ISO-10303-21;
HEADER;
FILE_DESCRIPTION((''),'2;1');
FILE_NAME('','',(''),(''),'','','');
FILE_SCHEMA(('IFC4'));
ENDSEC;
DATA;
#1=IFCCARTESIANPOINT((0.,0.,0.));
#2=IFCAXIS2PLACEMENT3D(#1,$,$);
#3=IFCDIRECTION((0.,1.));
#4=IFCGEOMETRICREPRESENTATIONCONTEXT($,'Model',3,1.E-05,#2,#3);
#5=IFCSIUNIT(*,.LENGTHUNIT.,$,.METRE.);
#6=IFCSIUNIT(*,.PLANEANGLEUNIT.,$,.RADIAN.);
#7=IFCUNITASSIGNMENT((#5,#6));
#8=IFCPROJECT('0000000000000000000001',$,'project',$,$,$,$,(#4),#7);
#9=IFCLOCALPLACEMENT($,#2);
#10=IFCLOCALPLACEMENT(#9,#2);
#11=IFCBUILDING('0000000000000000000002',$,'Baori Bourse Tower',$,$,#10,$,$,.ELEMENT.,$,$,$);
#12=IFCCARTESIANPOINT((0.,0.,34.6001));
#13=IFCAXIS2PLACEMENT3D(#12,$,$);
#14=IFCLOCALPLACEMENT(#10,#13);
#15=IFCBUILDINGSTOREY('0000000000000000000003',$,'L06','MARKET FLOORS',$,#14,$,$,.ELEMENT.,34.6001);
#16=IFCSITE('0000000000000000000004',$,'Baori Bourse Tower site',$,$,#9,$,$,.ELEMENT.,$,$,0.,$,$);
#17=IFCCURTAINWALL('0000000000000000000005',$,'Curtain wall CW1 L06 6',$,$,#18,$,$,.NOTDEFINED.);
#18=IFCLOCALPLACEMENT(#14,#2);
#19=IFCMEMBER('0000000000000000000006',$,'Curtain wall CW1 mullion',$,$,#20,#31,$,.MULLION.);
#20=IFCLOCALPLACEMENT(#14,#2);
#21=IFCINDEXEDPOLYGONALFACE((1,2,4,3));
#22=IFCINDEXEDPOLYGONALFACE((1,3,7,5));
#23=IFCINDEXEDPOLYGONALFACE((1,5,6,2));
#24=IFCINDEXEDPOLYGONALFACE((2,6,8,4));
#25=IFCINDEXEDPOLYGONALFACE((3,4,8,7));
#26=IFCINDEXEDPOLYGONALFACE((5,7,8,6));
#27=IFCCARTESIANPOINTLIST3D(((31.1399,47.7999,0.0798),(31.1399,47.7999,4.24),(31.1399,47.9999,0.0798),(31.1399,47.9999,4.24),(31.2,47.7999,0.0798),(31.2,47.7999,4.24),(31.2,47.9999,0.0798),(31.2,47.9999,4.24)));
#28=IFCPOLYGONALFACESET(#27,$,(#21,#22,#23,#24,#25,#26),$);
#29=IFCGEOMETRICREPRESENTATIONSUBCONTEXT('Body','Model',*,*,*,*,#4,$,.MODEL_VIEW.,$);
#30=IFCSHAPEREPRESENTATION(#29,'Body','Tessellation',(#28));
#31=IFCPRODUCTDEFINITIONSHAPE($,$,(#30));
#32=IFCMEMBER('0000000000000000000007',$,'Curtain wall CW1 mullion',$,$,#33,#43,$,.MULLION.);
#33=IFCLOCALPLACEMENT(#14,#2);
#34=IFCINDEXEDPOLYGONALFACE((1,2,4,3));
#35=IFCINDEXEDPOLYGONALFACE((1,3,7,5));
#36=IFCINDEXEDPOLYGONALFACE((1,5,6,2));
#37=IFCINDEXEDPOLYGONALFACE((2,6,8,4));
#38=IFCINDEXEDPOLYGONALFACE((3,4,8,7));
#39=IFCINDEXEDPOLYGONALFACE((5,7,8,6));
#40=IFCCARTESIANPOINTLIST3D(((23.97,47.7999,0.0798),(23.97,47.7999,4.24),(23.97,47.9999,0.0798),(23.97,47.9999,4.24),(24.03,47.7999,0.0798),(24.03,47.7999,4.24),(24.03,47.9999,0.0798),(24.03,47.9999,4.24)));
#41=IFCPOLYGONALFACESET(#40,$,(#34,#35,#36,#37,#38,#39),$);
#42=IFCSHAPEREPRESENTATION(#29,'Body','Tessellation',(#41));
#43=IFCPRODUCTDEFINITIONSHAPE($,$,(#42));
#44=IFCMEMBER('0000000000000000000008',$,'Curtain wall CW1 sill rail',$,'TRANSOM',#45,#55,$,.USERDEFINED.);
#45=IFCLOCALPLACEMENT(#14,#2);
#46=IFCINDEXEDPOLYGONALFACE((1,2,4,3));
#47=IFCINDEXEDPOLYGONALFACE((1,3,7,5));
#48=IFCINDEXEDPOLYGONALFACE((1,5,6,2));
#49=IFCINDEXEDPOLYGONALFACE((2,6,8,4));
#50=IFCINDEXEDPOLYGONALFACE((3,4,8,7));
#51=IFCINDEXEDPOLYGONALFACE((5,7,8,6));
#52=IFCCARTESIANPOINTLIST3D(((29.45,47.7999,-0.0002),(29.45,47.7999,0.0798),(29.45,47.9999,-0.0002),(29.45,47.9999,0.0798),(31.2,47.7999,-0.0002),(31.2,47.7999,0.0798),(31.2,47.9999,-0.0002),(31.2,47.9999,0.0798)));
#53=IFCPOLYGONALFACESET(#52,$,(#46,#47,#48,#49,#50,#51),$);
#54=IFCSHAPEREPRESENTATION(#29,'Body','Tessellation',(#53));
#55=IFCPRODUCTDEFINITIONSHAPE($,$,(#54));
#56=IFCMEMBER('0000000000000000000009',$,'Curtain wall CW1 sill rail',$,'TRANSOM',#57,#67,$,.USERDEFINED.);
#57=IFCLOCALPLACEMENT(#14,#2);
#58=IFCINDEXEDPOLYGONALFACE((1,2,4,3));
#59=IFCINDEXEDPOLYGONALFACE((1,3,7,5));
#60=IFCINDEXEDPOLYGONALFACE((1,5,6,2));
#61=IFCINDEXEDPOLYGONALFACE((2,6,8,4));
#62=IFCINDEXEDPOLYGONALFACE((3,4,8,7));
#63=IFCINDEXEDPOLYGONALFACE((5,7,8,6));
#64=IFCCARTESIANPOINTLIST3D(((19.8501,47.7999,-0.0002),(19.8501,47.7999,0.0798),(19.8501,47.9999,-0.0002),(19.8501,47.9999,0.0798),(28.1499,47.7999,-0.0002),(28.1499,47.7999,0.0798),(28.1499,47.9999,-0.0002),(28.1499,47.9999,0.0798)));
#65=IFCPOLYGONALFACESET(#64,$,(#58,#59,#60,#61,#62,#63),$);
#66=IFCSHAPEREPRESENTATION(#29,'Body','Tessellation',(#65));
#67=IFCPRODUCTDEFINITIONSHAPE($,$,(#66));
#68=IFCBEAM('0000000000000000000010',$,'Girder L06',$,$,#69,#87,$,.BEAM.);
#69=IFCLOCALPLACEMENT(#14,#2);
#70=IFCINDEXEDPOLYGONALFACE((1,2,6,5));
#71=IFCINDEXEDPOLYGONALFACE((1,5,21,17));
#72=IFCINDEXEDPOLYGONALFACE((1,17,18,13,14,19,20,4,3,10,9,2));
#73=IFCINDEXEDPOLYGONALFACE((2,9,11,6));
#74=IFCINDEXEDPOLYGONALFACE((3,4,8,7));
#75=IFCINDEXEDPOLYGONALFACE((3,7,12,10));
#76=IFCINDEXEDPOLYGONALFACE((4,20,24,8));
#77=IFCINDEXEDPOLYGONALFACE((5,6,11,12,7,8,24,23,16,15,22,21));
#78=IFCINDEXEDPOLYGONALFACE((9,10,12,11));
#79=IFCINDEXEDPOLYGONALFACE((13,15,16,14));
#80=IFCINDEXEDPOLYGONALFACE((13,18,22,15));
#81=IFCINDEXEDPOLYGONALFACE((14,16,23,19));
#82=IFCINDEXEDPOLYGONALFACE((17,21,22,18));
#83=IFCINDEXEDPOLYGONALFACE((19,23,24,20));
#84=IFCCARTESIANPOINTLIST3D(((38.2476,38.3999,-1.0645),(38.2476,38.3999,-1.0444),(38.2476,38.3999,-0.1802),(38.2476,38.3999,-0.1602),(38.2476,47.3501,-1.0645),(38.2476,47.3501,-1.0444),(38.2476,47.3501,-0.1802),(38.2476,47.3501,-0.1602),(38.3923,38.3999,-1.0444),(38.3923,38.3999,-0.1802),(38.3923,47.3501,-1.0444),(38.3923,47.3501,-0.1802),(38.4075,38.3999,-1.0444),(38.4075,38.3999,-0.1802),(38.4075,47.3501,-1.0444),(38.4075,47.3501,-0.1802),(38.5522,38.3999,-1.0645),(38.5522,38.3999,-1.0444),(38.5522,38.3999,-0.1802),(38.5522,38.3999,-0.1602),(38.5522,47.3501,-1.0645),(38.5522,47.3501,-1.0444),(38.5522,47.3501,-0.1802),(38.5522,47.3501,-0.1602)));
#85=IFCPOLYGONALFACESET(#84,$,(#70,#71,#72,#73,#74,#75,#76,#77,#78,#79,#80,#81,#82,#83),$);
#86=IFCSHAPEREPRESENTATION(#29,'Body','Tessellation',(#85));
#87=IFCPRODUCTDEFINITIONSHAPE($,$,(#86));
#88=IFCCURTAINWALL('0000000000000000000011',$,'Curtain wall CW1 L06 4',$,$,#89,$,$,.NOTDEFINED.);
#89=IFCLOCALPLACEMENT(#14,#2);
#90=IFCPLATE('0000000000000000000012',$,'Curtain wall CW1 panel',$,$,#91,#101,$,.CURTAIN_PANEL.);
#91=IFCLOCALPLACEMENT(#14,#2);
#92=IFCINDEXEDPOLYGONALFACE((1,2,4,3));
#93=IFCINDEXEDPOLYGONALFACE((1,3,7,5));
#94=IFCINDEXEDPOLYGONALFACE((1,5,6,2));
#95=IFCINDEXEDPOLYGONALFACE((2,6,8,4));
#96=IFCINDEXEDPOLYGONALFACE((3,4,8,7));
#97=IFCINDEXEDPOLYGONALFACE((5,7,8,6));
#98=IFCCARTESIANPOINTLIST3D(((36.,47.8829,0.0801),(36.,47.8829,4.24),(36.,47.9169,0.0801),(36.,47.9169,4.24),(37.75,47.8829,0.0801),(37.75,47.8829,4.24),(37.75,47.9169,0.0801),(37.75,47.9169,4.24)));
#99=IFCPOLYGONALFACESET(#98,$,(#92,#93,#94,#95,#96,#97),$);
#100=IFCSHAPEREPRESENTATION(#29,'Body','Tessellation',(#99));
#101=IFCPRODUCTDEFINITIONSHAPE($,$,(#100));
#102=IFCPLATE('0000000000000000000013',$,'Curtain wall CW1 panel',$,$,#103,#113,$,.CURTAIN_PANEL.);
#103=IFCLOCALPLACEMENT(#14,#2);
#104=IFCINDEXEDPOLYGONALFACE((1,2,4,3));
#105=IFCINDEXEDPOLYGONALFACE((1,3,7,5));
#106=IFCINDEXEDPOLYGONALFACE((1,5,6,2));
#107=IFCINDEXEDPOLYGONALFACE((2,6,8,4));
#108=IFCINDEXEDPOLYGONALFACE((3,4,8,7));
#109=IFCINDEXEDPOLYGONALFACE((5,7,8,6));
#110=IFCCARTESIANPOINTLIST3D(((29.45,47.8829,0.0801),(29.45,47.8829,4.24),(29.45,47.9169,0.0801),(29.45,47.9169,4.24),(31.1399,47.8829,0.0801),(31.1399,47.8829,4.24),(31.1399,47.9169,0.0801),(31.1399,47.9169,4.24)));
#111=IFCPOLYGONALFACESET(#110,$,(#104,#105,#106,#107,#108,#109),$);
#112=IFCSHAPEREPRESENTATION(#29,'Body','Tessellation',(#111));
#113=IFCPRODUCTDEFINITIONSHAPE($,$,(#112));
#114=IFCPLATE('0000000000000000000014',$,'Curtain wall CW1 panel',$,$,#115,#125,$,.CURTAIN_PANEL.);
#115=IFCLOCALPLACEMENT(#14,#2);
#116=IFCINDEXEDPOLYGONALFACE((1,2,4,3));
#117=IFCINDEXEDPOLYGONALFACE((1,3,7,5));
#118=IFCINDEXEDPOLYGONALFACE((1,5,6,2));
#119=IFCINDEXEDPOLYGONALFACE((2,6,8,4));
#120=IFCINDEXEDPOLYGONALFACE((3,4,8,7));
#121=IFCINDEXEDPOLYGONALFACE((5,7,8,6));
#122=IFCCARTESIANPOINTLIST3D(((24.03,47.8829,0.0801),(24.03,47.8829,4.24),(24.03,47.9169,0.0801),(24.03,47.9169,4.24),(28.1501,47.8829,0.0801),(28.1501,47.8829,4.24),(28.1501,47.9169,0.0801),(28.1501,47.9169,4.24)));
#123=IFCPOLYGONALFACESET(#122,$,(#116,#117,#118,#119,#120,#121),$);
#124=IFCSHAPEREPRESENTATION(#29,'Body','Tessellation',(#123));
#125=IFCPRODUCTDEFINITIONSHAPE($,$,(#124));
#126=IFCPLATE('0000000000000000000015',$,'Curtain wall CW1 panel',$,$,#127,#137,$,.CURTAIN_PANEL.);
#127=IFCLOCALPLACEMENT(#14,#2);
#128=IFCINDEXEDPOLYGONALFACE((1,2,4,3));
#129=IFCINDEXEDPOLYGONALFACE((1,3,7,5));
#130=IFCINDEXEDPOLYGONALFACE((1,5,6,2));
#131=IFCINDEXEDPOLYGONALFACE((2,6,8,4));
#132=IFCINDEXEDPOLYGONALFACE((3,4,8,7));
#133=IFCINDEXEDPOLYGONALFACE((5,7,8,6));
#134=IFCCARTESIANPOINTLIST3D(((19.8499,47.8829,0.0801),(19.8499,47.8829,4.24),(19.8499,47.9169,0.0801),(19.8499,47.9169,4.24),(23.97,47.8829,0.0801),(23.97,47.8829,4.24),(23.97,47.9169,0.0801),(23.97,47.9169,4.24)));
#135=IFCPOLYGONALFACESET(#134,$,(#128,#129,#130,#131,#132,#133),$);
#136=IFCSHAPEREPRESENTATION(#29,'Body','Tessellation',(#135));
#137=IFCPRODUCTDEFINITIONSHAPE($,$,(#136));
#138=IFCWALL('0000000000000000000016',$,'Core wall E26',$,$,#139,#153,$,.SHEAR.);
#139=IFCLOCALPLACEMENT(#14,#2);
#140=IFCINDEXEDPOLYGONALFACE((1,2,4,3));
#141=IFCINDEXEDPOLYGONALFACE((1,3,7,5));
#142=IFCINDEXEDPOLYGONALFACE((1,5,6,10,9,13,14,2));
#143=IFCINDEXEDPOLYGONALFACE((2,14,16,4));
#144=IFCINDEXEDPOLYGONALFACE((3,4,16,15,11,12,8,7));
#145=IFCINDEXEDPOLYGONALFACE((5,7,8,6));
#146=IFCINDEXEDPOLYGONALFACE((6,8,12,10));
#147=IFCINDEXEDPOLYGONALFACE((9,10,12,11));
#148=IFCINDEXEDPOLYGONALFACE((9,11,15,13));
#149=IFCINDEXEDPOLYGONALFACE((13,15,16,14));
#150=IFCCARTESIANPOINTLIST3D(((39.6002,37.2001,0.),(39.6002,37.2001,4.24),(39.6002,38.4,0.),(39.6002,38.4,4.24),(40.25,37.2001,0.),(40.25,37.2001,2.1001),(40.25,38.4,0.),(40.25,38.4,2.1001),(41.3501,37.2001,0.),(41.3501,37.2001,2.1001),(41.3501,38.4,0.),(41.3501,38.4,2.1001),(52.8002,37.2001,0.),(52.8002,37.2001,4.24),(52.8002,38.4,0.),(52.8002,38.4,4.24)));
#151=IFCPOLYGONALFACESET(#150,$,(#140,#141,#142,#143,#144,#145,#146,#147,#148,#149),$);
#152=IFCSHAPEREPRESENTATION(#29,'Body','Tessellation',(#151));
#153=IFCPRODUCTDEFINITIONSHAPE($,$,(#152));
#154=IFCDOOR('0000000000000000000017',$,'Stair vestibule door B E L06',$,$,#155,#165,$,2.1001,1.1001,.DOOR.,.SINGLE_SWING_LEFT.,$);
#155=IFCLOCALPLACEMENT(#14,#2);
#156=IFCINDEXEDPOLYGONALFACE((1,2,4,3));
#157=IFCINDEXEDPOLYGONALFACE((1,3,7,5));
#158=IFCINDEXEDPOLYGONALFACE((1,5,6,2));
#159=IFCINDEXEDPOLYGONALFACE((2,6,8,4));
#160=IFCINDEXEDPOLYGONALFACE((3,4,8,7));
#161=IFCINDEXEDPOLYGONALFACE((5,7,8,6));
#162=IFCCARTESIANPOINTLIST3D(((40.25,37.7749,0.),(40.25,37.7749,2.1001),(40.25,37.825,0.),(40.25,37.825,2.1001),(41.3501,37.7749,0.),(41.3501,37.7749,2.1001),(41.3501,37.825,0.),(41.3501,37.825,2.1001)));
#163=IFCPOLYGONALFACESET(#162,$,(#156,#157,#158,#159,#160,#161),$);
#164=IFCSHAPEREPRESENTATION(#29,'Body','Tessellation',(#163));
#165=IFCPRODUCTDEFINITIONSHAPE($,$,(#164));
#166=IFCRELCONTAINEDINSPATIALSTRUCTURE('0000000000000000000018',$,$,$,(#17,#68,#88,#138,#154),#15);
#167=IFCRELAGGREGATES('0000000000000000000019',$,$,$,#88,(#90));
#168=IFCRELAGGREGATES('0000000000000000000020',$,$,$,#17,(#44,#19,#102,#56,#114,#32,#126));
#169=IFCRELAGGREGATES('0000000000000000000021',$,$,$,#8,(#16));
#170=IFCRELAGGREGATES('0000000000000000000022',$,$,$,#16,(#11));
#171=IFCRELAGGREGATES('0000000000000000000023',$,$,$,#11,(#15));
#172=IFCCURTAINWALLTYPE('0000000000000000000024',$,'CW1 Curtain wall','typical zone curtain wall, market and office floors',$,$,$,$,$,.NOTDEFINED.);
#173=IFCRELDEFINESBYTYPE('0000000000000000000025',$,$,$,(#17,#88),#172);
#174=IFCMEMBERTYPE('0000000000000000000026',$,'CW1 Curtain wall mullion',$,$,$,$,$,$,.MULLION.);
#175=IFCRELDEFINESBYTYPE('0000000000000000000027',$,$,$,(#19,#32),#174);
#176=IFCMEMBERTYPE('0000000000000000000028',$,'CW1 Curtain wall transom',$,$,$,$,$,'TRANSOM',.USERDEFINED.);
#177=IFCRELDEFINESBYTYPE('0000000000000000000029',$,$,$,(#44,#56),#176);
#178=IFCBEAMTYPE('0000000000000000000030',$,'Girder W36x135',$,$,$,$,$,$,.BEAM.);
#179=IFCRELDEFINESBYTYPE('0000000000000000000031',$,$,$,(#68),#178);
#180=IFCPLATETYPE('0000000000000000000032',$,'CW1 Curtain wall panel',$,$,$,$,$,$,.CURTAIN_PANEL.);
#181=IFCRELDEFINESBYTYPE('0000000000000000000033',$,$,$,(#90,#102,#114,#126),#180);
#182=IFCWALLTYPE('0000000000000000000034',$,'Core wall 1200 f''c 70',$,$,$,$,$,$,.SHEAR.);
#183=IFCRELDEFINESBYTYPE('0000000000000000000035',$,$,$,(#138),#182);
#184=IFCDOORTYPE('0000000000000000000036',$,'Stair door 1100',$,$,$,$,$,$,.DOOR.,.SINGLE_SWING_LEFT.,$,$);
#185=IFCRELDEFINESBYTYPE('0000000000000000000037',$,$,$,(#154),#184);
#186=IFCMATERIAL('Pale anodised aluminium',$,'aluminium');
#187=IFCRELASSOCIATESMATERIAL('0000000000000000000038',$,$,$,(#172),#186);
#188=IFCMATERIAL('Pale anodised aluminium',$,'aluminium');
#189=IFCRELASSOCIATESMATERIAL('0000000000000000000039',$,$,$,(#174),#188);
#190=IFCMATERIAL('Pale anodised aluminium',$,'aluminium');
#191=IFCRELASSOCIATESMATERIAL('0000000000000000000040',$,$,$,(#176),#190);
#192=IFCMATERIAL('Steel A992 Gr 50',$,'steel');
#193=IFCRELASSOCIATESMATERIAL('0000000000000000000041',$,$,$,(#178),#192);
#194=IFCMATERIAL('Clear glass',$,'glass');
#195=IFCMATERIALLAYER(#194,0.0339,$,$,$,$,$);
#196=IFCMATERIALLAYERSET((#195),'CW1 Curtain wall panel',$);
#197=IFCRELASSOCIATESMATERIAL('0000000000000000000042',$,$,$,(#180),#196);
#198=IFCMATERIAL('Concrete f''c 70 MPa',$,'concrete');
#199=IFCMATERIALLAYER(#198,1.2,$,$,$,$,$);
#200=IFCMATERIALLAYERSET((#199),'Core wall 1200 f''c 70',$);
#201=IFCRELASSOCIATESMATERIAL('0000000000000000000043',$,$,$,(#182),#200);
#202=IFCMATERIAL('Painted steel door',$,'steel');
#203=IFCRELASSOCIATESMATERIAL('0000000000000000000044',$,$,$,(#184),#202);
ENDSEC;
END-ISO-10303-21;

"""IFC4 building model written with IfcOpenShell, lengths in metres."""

from ifc_helpers import new_model, si_unit, direction, frame, frame_2d, origin, origin_2d, place, context, subcontext, project, spatial, rectangle, i_section, extrude, material, layer, layer_set, material_profile, profile_set, type_object, element, fill, aggregate, save


model = new_model("IFC4")

# Units and contexts
model_context = context("Model", 3, precision=1e-05, world=origin(), true_north=direction((0.0, 1.0)))
body_context = subcontext(model_context, "Body", "Model", "MODEL_VIEW")
ifc_project = project(units=[si_unit("LENGTHUNIT", "METRE"), si_unit("PLANEANGLEUNIT", "RADIAN")], contexts=[model_context])

# Site, building, storey
site_placement = place(None, origin())
site = spatial("IfcSite", under=ifc_project, at=site_placement, Name="Baori Bourse Tower site", CompositionType="ELEMENT", RefElevation=0.0)
building_placement = place(site_placement, origin())
building = spatial("IfcBuilding", under=site, at=building_placement, Name="Baori Bourse Tower", CompositionType="ELEMENT")
storey_placement = place(building_placement, frame((0.0, 0.0, 34.6001)))
storey = spatial("IfcBuildingStorey", under=building, at=storey_placement, Name="L06", Description="MARKET FLOORS", CompositionType="ELEMENT", Elevation=34.6001)

# Curtain wall, members
ifc_material_1 = material(Name="Pale anodised aluminium", Category="aluminium")
curtain_wall_type = type_object("IfcCurtainWallType", Name="CW1 Curtain wall", Description="typical zone curtain wall, market and office floors", PredefinedType="NOTDEFINED", material=ifc_material_1)
curtain_wall_1_placement = place(storey_placement, origin())
curtain_wall_1 = element("IfcCurtainWall", 1, at=curtain_wall_1_placement, inside=storey, type_object=curtain_wall_type, Name="Curtain wall CW1 L06 6", PredefinedType="NOTDEFINED")
ifc_material_2 = material(Name="Pale anodised aluminium", Category="aluminium")
ifc_material_profile_1 = material_profile(ifc_material_2, rectangle(XDim=0.2, YDim=0.0601, at=origin_2d()), Name="Mullion 60x200")
ifc_profile_set_1 = profile_set([ifc_material_profile_1], Name="Pale anodised aluminium")
member_type_1 = type_object("IfcMemberType", Name="CW1 Curtain wall mullion", PredefinedType="MULLION", material=ifc_profile_set_1)
member_1_placement = place(storey_placement, frame((31.1699, 47.8999, 0.0798), z_axis=(0.0, 0.0, 1.0), x_axis=(0.0, -1.0, 0.0)))
member_1 = element("IfcMember", 2, at=member_1_placement, type_object=member_type_1, Name="Curtain wall CW1 mullion", PredefinedType="MULLION", context=body_context, shape_type="SweptSolid", body=[
    extrude(rectangle(XDim=0.2, YDim=0.0601, at=origin_2d()), origin(), (0.0, 0.0, 1.0), 4.1602),
])
member_2_placement = place(storey_placement, frame((24.0, 47.8999, 0.0798), z_axis=(0.0, 0.0, 1.0), x_axis=(0.0, -1.0, 0.0)))
member_2 = element("IfcMember", 3, at=member_2_placement, type_object=member_type_1, Name="Curtain wall CW1 mullion", PredefinedType="MULLION", context=body_context, shape_type="SweptSolid", body=[
    extrude(rectangle(XDim=0.2, YDim=0.0601, at=origin_2d()), origin(), (0.0, 0.0, 1.0), 4.1602),
])
ifc_material_3 = material(Name="Pale anodised aluminium", Category="aluminium")
ifc_material_profile_2 = material_profile(ifc_material_3, rectangle(XDim=0.2, YDim=0.0801, at=origin_2d()), Name="Transom 80x200")
ifc_profile_set_2 = profile_set([ifc_material_profile_2], Name="Pale anodised aluminium")
member_type_2 = type_object("IfcMemberType", Name="CW1 Curtain wall transom", ElementType="TRANSOM", PredefinedType="USERDEFINED", material=ifc_profile_set_2)
member_3_placement = place(storey_placement, frame((31.2, 47.8999, 0.0398), z_axis=(-1.0, 0.0, 0.0), x_axis=(0.0, -1.0, 0.0)))
member_3 = element("IfcMember", 4, at=member_3_placement, type_object=member_type_2, Name="Curtain wall CW1 sill rail", ObjectType="TRANSOM", PredefinedType="USERDEFINED", context=body_context, shape_type="SweptSolid", body=[
    extrude(rectangle(XDim=0.2, YDim=0.0801, at=origin_2d()), origin(), (0.0, 0.0, 1.0), 1.75),
])
member_4_placement = place(storey_placement, frame((28.1499, 47.8999, 0.0398), z_axis=(-1.0, 0.0, 0.0), x_axis=(0.0, -1.0, 0.0)))
member_4 = element("IfcMember", 5, at=member_4_placement, type_object=member_type_2, Name="Curtain wall CW1 sill rail", ObjectType="TRANSOM", PredefinedType="USERDEFINED", context=body_context, shape_type="SweptSolid", body=[
    extrude(rectangle(XDim=0.2, YDim=0.0801, at=origin_2d()), origin(), (0.0, 0.0, 1.0), 8.2998),
])

# Beam
ifc_material_4 = material(Name="Steel A992 Gr 50", Category="steel")
ifc_material_profile_3 = material_profile(ifc_material_4, i_section(OverallWidth=0.3047, OverallDepth=0.9043, WebThickness=0.0151, FlangeThickness=0.02, at=origin_2d()), Name="W36x135")
ifc_profile_set_3 = profile_set([ifc_material_profile_3], Name="Steel A992 Gr 50")
beam_type = type_object("IfcBeamType", Name="Girder W36x135", PredefinedType="BEAM", material=ifc_profile_set_3)
beam_placement = place(storey_placement, frame((38.3999, 38.3999, -0.6123), z_axis=(0.0, 1.0, 0.0), x_axis=(-1.0, 0.0, 0.0)))
element("IfcBeam", 6, at=beam_placement, inside=storey, type_object=beam_type, Name="Girder L06", PredefinedType="BEAM", context=body_context, shape_type="SweptSolid", body=[
    extrude(i_section(OverallWidth=0.3047, OverallDepth=0.9043, WebThickness=0.0151, FlangeThickness=0.02, at=origin_2d()), origin(), (0.0, 0.0, 1.0), 8.9502),
])

# Curtain wall, plate
curtain_wall_2_placement = place(storey_placement, origin())
curtain_wall_2 = element("IfcCurtainWall", 7, at=curtain_wall_2_placement, inside=storey, type_object=curtain_wall_type, Name="Curtain wall CW1 L06 4", PredefinedType="NOTDEFINED")
ifc_material_5 = material(Name="Clear glass", Category="glass")
ifc_layer_1 = layer(ifc_material_5, 0.0339)
ifc_layer_set_1 = layer_set([ifc_layer_1], Name="CW1 Curtain wall panel")
plate_type = type_object("IfcPlateType", Name="CW1 Curtain wall panel", PredefinedType="CURTAIN_PANEL", material=ifc_layer_set_1)
plate_1_placement = place(storey_placement, frame((36.875, 47.8999, 0.0801), z_axis=(0.0, 0.0, 1.0), x_axis=(-1.0, 0.0, 0.0)))
plate_1 = element("IfcPlate", 8, at=plate_1_placement, type_object=plate_type, Name="Curtain wall CW1 panel", PredefinedType="CURTAIN_PANEL", context=body_context, shape_type="SweptSolid", body=[
    extrude(rectangle(XDim=1.75, YDim=0.0339, at=origin_2d()), origin(), (0.0, 0.0, 1.0), 4.1599),
])
aggregate(curtain_wall_2, [plate_1])

# Plates
plate_2_placement = place(storey_placement, frame((30.2949, 47.8999, 0.0801), z_axis=(0.0, 0.0, 1.0), x_axis=(-1.0, 0.0, 0.0)))
plate_2 = element("IfcPlate", 9, at=plate_2_placement, type_object=plate_type, Name="Curtain wall CW1 panel", PredefinedType="CURTAIN_PANEL", context=body_context, shape_type="SweptSolid", body=[
    extrude(rectangle(XDim=1.6899, YDim=0.0339, at=origin_2d()), origin(), (0.0, 0.0, 1.0), 4.1599),
])
plate_3_placement = place(storey_placement, frame((26.0901, 47.8999, 0.0801), z_axis=(0.0, 0.0, 1.0), x_axis=(-1.0, 0.0, 0.0)))
plate_3 = element("IfcPlate", 10, at=plate_3_placement, type_object=plate_type, Name="Curtain wall CW1 panel", PredefinedType="CURTAIN_PANEL", context=body_context, shape_type="SweptSolid", body=[
    extrude(rectangle(XDim=4.1201, YDim=0.0339, at=origin_2d()), origin(), (0.0, 0.0, 1.0), 4.1599),
])
plate_4_placement = place(storey_placement, frame((21.9099, 47.8999, 0.0801), z_axis=(0.0, 0.0, 1.0), x_axis=(-1.0, 0.0, 0.0)))
plate_4 = element("IfcPlate", 11, at=plate_4_placement, type_object=plate_type, Name="Curtain wall CW1 panel", PredefinedType="CURTAIN_PANEL", context=body_context, shape_type="SweptSolid", body=[
    extrude(rectangle(XDim=4.1201, YDim=0.0339, at=origin_2d()), origin(), (0.0, 0.0, 1.0), 4.1599),
])
aggregate(curtain_wall_1, [member_3, member_1, plate_2, member_4, plate_3, member_2, plate_4])

# Wall, opening, door
ifc_material_6 = material(Name="Concrete f'c 70 MPa", Category="concrete")
ifc_layer_2 = layer(ifc_material_6, 1.2)
ifc_layer_set_2 = layer_set([ifc_layer_2], Name="Core wall 1200 f'c 70")
wall_type_1 = type_object("IfcWallType", Name="Core wall 1200 f'c 70", PredefinedType="SHEAR", material=ifc_layer_set_2)
wall_1_placement = place(storey_placement, frame((39.6001, 37.8, 0.0), z_axis=(0.0, 0.0, 1.0), x_axis=(1.0, 0.0, 0.0)))
wall_1 = element("IfcWall", 12, at=wall_1_placement, inside=storey, type_object=wall_type_1, Name="Core wall E26", PredefinedType="SHEAR", context=body_context, shape_type="SweptSolid", body=[
    extrude(rectangle(XDim=13.2, YDim=1.2, at=frame_2d((6.6001, 0.0))), origin(), (0.0, 0.0, 1.0), 4.24),
])
opening_1_placement = place(wall_1_placement, frame((0.6499, 0.0, 0.0)))
opening_1 = element("IfcOpeningElement", 13, at=opening_1_placement, cuts=wall_1, PredefinedType="OPENING", context=body_context, shape_type="SweptSolid", body=[
    extrude(rectangle(XDim=1.1001, YDim=2.1001, at=frame_2d((0.55, 1.05))), frame((0.0, 0.6099, 0.0), z_axis=(0.0, -1.0, 0.0), x_axis=(1.0, 0.0, 0.0)), (0.0, 0.0, 1.0), 1.22),
])
ifc_material_7 = material(Name="Painted steel door", Category="steel")
door_type_1 = type_object("IfcDoorType", Name="Stair door 1100", OperationType="SINGLE_SWING_LEFT", PredefinedType="DOOR", material=ifc_material_7)
door_1_placement = place(opening_1_placement, origin())
door_1 = element("IfcDoor", 14, at=door_1_placement, inside=storey, type_object=door_type_1, Name="Stair vestibule door B E L06", OperationType="SINGLE_SWING_LEFT", OverallHeight=2.1001, OverallWidth=1.1001, PredefinedType="DOOR", context=body_context, shape_type="SweptSolid", body=[
    extrude(rectangle(XDim=1.1001, YDim=2.1001, at=frame_2d((0.55, 1.05))), frame((0.0, 0.0249, 0.0), z_axis=(0.0, -1.0, 0.0), x_axis=(1.0, 0.0, 0.0)), (0.0, 0.0, 1.0), 0.05),
])
fill(opening_1, door_1)

save(model, "model.ifc")
